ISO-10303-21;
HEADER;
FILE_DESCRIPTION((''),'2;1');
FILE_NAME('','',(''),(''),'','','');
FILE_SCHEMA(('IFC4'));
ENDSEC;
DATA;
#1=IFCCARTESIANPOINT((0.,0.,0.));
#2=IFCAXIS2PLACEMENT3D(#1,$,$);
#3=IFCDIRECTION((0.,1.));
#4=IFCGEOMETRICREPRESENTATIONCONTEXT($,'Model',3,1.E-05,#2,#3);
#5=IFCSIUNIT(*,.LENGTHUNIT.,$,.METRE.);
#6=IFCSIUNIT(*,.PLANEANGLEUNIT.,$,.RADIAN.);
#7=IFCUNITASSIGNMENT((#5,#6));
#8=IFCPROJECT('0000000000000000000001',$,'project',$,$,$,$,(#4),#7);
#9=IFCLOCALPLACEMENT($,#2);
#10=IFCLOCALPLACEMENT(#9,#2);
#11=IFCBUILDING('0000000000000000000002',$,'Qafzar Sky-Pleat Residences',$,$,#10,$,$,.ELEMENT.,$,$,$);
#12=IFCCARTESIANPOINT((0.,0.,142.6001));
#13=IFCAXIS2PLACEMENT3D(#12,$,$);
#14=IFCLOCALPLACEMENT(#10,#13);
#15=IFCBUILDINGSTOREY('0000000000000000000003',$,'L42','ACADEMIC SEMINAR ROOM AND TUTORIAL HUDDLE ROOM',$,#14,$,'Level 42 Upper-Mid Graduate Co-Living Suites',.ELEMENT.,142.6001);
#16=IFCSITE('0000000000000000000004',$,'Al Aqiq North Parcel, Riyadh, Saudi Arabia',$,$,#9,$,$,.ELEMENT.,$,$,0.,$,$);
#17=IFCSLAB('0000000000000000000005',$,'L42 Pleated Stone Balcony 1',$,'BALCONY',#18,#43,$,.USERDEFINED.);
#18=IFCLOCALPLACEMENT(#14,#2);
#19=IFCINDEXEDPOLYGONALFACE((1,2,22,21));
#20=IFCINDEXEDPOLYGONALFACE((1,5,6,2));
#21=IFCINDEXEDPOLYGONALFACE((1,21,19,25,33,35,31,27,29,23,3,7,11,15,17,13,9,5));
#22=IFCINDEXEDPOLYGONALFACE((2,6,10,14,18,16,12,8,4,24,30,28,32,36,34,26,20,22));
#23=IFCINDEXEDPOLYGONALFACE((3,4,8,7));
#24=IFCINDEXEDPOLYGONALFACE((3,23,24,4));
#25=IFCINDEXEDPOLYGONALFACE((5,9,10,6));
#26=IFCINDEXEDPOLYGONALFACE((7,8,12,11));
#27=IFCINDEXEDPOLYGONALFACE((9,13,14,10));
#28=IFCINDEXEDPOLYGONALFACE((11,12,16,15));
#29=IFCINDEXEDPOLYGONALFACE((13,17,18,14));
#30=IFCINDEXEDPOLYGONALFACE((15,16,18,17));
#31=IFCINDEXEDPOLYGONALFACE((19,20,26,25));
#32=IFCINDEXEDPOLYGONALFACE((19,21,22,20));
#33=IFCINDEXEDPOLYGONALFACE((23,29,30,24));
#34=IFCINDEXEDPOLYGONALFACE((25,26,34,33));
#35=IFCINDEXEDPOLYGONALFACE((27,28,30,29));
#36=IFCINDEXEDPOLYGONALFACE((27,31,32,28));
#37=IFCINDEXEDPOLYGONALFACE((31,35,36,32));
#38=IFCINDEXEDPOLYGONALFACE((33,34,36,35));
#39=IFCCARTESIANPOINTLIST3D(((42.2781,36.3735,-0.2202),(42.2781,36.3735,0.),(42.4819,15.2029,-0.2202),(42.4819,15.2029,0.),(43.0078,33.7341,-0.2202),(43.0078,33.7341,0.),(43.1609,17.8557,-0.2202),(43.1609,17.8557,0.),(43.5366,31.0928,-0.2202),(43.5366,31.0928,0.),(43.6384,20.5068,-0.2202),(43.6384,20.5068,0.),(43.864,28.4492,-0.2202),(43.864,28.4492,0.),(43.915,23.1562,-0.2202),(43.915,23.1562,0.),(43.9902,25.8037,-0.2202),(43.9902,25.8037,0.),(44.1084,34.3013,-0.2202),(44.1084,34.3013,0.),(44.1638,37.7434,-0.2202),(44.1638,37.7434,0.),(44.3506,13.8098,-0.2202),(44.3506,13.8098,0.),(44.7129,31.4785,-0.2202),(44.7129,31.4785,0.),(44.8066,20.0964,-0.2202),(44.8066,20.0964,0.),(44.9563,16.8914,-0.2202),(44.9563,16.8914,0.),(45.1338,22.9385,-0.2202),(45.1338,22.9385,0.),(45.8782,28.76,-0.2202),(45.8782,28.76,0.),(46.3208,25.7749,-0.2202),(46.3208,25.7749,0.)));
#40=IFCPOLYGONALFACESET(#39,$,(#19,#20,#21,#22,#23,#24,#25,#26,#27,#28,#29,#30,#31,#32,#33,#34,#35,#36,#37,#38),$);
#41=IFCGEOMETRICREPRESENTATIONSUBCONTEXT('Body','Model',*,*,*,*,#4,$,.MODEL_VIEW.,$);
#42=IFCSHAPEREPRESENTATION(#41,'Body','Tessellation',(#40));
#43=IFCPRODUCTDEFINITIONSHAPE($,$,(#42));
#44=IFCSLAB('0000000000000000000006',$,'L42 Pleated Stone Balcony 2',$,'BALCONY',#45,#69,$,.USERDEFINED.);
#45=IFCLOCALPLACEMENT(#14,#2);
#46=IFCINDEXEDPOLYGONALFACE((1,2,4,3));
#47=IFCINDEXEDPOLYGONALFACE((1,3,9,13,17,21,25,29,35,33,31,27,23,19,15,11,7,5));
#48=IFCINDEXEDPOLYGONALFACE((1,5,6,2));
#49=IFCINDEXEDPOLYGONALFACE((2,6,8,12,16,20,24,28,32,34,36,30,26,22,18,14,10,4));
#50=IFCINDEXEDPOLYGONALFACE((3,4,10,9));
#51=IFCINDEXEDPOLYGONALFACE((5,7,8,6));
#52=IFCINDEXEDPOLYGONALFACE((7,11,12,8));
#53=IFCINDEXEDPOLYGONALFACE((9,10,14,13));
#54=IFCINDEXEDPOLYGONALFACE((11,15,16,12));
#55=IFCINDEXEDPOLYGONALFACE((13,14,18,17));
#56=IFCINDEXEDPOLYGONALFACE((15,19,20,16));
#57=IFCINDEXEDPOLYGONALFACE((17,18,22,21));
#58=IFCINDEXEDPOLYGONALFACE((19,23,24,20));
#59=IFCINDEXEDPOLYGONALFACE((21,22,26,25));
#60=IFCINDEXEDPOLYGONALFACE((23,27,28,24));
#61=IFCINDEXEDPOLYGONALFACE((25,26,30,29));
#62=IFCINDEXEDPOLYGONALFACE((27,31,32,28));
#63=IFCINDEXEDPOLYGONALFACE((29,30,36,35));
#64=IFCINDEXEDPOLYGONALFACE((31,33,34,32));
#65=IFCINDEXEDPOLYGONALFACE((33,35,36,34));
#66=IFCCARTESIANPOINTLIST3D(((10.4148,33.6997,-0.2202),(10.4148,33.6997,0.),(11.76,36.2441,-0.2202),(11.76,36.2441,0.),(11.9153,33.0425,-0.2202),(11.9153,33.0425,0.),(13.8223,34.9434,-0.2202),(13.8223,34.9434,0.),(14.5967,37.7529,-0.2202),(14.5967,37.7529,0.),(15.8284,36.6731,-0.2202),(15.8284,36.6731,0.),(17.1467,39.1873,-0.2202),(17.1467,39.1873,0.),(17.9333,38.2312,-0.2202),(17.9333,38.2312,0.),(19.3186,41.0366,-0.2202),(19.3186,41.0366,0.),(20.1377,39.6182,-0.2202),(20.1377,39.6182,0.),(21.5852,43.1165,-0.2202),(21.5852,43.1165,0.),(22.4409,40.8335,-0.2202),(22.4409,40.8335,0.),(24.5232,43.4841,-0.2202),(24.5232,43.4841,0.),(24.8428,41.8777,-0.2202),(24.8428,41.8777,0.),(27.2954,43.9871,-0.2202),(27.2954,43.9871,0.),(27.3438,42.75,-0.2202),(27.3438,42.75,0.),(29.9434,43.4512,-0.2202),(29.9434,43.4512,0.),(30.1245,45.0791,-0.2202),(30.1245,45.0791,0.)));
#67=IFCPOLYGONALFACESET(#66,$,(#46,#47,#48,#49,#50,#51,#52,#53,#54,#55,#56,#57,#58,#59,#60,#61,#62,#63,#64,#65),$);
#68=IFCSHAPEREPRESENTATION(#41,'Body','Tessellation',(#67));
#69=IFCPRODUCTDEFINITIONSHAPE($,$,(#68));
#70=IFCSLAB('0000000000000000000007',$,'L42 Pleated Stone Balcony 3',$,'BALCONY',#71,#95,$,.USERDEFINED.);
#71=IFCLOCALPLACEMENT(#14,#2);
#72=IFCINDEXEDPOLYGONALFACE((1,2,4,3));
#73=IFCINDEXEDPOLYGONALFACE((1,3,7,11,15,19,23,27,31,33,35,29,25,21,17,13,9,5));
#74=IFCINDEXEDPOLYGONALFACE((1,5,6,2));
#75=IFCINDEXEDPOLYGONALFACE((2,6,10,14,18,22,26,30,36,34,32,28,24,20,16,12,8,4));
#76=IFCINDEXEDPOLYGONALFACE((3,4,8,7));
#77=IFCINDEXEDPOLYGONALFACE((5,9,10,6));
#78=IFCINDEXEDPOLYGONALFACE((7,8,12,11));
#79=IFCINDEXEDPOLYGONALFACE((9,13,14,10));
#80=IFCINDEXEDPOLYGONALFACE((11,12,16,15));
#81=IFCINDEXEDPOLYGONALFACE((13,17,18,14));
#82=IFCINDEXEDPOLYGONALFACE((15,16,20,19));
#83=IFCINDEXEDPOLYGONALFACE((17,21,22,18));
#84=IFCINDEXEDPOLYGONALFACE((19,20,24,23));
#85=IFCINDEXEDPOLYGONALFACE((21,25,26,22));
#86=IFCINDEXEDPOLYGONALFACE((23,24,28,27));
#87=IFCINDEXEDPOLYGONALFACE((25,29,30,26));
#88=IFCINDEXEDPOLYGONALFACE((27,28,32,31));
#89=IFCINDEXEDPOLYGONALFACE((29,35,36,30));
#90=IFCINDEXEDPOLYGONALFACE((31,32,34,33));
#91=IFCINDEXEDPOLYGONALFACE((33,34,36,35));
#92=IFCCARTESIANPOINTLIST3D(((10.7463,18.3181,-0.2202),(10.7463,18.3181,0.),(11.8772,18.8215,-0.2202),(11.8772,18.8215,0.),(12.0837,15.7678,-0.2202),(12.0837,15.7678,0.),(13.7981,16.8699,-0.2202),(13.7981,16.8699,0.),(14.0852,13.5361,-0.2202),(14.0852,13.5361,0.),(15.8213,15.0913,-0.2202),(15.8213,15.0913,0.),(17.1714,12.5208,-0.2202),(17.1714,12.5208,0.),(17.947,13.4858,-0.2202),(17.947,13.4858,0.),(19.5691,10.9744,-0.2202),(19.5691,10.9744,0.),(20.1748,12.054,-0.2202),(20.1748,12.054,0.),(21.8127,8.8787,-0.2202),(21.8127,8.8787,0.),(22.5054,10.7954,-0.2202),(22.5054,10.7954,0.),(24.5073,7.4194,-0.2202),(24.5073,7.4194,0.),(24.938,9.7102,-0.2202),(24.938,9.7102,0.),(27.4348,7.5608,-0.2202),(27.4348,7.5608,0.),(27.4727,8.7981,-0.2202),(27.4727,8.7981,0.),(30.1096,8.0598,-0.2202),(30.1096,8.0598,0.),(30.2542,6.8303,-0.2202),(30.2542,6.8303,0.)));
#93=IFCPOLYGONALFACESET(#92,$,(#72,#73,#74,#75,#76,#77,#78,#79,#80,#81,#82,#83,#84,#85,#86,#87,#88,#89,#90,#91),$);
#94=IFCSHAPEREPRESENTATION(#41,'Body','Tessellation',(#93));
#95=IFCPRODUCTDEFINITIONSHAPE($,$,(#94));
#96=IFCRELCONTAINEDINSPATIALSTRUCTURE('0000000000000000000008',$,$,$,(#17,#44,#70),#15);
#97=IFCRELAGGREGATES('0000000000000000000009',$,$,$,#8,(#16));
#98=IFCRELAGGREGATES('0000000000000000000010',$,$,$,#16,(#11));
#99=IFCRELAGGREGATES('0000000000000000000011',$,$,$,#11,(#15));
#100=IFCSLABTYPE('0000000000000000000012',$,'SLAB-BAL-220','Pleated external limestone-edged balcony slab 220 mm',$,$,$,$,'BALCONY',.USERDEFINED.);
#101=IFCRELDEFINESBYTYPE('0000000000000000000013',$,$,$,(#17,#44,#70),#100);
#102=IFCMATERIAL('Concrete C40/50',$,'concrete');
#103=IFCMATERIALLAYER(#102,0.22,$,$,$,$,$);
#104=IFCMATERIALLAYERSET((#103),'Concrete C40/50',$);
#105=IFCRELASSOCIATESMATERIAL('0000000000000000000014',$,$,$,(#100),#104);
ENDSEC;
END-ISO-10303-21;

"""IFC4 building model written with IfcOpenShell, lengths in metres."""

from ifc_helpers import new_model, si_unit, direction, frame, origin, place, context, subcontext, project, spatial, polyline, outline, extrude, material, layer, layer_set, type_object, element, save


model = new_model("IFC4")

# Units and contexts
model_context = context("Model", 3, precision=1e-05, world=origin(), true_north=direction((0.0, 1.0)))
body_context = subcontext(model_context, "Body", "Model", "MODEL_VIEW")
ifc_project = project(units=[si_unit("LENGTHUNIT", "METRE"), si_unit("PLANEANGLEUNIT", "RADIAN")], contexts=[model_context])

# Site, building, storey
site_placement = place(None, origin())
site = spatial("IfcSite", under=ifc_project, at=site_placement, Name="Al Aqiq North Parcel, Riyadh, Saudi Arabia", CompositionType="ELEMENT", RefElevation=0.0)
building_placement = place(site_placement, origin())
building = spatial("IfcBuilding", under=site, at=building_placement, Name="Qafzar Sky-Pleat Residences", CompositionType="ELEMENT")
storey_placement = place(building_placement, frame((0.0, 0.0, 142.6001)))
storey = spatial("IfcBuildingStorey", under=building, at=storey_placement, Name="L42", Description="ACADEMIC SEMINAR ROOM AND TUTORIAL HUDDLE ROOM", LongName="Level 42 Upper-Mid Graduate Co-Living Suites", CompositionType="ELEMENT", Elevation=142.6001)

# Slabs
ifc_material_1 = material(Name="Concrete C40/50", Category="concrete")
ifc_layer_1 = layer(ifc_material_1, 0.22)
ifc_layer_set_1 = layer_set([ifc_layer_1], Name="Concrete C40/50")
slab_type_1 = type_object("IfcSlabType", Name="SLAB-BAL-220", Description="Pleated external limestone-edged balcony slab 220 mm", ElementType="BALCONY", PredefinedType="USERDEFINED", material=ifc_layer_set_1)
slab_1_placement = place(storey_placement, frame((0.0, 0.0, -0.2202)))
element("IfcSlab", 1, at=slab_1_placement, inside=storey, type_object=slab_type_1, Name="L42 Pleated Stone Balcony 1", ObjectType="BALCONY", PredefinedType="USERDEFINED", context=body_context, shape_type="SweptSolid", body=[
    extrude(outline(polyline([(43.1609, 17.8557), (43.6384, 20.5068), (43.915, 23.1562), (43.9902, 25.8037), (43.864, 28.4492), (43.5366, 31.0928), (43.0078, 33.7341), (42.2781, 36.3735), (44.1638, 37.7434), (44.1084, 34.3013), (44.7129, 31.4785), (45.8782, 28.76), (46.3208, 25.7749), (45.1338, 22.9385), (44.8066, 20.0964), (44.9563, 16.8914), (44.3506, 13.8098), (42.4819, 15.2029), (43.1609, 17.8557)])), origin(), (0.0, 0.0, 1.0), 0.2202),
])
slab_2_placement = place(storey_placement, frame((0.0, 0.0, -0.2202)))
element("IfcSlab", 2, at=slab_2_placement, inside=storey, type_object=slab_type_1, Name="L42 Pleated Stone Balcony 2", ObjectType="BALCONY", PredefinedType="USERDEFINED", context=body_context, shape_type="SweptSolid", body=[
    extrude(outline(polyline([(27.3438, 42.75), (24.8428, 41.8777), (22.4409, 40.8335), (20.1377, 39.6182), (17.9333, 38.2312), (15.8284, 36.6731), (13.8223, 34.9434), (11.9153, 33.0425), (10.4148, 33.6997), (11.76, 36.2441), (14.5967, 37.7529), (17.1467, 39.1873), (19.3186, 41.0366), (21.5852, 43.1165), (24.5232, 43.4841), (27.2954, 43.9871), (30.1245, 45.0791), (29.9434, 43.4512), (27.3438, 42.75)])), origin(), (0.0, 0.0, 1.0), 0.2202),
])
slab_3_placement = place(storey_placement, frame((0.0, 0.0, -0.2202)))
element("IfcSlab", 3, at=slab_3_placement, inside=storey, type_object=slab_type_1, Name="L42 Pleated Stone Balcony 3", ObjectType="BALCONY", PredefinedType="USERDEFINED", context=body_context, shape_type="SweptSolid", body=[
    extrude(outline(polyline([(13.7981, 16.8699), (15.8213, 15.0913), (17.947, 13.4858), (20.1748, 12.054), (22.5054, 10.7954), (24.938, 9.7102), (27.4727, 8.7981), (30.1096, 8.0598), (30.2542, 6.8303), (27.4348, 7.5608), (24.5073, 7.4194), (21.8127, 8.8787), (19.5691, 10.9744), (17.1714, 12.5208), (14.0852, 13.5361), (12.0837, 15.7678), (10.7463, 18.3181), (11.8772, 18.8215), (13.7981, 16.8699)])), origin(), (0.0, 0.0, 1.0), 0.2202),
])

save(model, "model.ifc")
